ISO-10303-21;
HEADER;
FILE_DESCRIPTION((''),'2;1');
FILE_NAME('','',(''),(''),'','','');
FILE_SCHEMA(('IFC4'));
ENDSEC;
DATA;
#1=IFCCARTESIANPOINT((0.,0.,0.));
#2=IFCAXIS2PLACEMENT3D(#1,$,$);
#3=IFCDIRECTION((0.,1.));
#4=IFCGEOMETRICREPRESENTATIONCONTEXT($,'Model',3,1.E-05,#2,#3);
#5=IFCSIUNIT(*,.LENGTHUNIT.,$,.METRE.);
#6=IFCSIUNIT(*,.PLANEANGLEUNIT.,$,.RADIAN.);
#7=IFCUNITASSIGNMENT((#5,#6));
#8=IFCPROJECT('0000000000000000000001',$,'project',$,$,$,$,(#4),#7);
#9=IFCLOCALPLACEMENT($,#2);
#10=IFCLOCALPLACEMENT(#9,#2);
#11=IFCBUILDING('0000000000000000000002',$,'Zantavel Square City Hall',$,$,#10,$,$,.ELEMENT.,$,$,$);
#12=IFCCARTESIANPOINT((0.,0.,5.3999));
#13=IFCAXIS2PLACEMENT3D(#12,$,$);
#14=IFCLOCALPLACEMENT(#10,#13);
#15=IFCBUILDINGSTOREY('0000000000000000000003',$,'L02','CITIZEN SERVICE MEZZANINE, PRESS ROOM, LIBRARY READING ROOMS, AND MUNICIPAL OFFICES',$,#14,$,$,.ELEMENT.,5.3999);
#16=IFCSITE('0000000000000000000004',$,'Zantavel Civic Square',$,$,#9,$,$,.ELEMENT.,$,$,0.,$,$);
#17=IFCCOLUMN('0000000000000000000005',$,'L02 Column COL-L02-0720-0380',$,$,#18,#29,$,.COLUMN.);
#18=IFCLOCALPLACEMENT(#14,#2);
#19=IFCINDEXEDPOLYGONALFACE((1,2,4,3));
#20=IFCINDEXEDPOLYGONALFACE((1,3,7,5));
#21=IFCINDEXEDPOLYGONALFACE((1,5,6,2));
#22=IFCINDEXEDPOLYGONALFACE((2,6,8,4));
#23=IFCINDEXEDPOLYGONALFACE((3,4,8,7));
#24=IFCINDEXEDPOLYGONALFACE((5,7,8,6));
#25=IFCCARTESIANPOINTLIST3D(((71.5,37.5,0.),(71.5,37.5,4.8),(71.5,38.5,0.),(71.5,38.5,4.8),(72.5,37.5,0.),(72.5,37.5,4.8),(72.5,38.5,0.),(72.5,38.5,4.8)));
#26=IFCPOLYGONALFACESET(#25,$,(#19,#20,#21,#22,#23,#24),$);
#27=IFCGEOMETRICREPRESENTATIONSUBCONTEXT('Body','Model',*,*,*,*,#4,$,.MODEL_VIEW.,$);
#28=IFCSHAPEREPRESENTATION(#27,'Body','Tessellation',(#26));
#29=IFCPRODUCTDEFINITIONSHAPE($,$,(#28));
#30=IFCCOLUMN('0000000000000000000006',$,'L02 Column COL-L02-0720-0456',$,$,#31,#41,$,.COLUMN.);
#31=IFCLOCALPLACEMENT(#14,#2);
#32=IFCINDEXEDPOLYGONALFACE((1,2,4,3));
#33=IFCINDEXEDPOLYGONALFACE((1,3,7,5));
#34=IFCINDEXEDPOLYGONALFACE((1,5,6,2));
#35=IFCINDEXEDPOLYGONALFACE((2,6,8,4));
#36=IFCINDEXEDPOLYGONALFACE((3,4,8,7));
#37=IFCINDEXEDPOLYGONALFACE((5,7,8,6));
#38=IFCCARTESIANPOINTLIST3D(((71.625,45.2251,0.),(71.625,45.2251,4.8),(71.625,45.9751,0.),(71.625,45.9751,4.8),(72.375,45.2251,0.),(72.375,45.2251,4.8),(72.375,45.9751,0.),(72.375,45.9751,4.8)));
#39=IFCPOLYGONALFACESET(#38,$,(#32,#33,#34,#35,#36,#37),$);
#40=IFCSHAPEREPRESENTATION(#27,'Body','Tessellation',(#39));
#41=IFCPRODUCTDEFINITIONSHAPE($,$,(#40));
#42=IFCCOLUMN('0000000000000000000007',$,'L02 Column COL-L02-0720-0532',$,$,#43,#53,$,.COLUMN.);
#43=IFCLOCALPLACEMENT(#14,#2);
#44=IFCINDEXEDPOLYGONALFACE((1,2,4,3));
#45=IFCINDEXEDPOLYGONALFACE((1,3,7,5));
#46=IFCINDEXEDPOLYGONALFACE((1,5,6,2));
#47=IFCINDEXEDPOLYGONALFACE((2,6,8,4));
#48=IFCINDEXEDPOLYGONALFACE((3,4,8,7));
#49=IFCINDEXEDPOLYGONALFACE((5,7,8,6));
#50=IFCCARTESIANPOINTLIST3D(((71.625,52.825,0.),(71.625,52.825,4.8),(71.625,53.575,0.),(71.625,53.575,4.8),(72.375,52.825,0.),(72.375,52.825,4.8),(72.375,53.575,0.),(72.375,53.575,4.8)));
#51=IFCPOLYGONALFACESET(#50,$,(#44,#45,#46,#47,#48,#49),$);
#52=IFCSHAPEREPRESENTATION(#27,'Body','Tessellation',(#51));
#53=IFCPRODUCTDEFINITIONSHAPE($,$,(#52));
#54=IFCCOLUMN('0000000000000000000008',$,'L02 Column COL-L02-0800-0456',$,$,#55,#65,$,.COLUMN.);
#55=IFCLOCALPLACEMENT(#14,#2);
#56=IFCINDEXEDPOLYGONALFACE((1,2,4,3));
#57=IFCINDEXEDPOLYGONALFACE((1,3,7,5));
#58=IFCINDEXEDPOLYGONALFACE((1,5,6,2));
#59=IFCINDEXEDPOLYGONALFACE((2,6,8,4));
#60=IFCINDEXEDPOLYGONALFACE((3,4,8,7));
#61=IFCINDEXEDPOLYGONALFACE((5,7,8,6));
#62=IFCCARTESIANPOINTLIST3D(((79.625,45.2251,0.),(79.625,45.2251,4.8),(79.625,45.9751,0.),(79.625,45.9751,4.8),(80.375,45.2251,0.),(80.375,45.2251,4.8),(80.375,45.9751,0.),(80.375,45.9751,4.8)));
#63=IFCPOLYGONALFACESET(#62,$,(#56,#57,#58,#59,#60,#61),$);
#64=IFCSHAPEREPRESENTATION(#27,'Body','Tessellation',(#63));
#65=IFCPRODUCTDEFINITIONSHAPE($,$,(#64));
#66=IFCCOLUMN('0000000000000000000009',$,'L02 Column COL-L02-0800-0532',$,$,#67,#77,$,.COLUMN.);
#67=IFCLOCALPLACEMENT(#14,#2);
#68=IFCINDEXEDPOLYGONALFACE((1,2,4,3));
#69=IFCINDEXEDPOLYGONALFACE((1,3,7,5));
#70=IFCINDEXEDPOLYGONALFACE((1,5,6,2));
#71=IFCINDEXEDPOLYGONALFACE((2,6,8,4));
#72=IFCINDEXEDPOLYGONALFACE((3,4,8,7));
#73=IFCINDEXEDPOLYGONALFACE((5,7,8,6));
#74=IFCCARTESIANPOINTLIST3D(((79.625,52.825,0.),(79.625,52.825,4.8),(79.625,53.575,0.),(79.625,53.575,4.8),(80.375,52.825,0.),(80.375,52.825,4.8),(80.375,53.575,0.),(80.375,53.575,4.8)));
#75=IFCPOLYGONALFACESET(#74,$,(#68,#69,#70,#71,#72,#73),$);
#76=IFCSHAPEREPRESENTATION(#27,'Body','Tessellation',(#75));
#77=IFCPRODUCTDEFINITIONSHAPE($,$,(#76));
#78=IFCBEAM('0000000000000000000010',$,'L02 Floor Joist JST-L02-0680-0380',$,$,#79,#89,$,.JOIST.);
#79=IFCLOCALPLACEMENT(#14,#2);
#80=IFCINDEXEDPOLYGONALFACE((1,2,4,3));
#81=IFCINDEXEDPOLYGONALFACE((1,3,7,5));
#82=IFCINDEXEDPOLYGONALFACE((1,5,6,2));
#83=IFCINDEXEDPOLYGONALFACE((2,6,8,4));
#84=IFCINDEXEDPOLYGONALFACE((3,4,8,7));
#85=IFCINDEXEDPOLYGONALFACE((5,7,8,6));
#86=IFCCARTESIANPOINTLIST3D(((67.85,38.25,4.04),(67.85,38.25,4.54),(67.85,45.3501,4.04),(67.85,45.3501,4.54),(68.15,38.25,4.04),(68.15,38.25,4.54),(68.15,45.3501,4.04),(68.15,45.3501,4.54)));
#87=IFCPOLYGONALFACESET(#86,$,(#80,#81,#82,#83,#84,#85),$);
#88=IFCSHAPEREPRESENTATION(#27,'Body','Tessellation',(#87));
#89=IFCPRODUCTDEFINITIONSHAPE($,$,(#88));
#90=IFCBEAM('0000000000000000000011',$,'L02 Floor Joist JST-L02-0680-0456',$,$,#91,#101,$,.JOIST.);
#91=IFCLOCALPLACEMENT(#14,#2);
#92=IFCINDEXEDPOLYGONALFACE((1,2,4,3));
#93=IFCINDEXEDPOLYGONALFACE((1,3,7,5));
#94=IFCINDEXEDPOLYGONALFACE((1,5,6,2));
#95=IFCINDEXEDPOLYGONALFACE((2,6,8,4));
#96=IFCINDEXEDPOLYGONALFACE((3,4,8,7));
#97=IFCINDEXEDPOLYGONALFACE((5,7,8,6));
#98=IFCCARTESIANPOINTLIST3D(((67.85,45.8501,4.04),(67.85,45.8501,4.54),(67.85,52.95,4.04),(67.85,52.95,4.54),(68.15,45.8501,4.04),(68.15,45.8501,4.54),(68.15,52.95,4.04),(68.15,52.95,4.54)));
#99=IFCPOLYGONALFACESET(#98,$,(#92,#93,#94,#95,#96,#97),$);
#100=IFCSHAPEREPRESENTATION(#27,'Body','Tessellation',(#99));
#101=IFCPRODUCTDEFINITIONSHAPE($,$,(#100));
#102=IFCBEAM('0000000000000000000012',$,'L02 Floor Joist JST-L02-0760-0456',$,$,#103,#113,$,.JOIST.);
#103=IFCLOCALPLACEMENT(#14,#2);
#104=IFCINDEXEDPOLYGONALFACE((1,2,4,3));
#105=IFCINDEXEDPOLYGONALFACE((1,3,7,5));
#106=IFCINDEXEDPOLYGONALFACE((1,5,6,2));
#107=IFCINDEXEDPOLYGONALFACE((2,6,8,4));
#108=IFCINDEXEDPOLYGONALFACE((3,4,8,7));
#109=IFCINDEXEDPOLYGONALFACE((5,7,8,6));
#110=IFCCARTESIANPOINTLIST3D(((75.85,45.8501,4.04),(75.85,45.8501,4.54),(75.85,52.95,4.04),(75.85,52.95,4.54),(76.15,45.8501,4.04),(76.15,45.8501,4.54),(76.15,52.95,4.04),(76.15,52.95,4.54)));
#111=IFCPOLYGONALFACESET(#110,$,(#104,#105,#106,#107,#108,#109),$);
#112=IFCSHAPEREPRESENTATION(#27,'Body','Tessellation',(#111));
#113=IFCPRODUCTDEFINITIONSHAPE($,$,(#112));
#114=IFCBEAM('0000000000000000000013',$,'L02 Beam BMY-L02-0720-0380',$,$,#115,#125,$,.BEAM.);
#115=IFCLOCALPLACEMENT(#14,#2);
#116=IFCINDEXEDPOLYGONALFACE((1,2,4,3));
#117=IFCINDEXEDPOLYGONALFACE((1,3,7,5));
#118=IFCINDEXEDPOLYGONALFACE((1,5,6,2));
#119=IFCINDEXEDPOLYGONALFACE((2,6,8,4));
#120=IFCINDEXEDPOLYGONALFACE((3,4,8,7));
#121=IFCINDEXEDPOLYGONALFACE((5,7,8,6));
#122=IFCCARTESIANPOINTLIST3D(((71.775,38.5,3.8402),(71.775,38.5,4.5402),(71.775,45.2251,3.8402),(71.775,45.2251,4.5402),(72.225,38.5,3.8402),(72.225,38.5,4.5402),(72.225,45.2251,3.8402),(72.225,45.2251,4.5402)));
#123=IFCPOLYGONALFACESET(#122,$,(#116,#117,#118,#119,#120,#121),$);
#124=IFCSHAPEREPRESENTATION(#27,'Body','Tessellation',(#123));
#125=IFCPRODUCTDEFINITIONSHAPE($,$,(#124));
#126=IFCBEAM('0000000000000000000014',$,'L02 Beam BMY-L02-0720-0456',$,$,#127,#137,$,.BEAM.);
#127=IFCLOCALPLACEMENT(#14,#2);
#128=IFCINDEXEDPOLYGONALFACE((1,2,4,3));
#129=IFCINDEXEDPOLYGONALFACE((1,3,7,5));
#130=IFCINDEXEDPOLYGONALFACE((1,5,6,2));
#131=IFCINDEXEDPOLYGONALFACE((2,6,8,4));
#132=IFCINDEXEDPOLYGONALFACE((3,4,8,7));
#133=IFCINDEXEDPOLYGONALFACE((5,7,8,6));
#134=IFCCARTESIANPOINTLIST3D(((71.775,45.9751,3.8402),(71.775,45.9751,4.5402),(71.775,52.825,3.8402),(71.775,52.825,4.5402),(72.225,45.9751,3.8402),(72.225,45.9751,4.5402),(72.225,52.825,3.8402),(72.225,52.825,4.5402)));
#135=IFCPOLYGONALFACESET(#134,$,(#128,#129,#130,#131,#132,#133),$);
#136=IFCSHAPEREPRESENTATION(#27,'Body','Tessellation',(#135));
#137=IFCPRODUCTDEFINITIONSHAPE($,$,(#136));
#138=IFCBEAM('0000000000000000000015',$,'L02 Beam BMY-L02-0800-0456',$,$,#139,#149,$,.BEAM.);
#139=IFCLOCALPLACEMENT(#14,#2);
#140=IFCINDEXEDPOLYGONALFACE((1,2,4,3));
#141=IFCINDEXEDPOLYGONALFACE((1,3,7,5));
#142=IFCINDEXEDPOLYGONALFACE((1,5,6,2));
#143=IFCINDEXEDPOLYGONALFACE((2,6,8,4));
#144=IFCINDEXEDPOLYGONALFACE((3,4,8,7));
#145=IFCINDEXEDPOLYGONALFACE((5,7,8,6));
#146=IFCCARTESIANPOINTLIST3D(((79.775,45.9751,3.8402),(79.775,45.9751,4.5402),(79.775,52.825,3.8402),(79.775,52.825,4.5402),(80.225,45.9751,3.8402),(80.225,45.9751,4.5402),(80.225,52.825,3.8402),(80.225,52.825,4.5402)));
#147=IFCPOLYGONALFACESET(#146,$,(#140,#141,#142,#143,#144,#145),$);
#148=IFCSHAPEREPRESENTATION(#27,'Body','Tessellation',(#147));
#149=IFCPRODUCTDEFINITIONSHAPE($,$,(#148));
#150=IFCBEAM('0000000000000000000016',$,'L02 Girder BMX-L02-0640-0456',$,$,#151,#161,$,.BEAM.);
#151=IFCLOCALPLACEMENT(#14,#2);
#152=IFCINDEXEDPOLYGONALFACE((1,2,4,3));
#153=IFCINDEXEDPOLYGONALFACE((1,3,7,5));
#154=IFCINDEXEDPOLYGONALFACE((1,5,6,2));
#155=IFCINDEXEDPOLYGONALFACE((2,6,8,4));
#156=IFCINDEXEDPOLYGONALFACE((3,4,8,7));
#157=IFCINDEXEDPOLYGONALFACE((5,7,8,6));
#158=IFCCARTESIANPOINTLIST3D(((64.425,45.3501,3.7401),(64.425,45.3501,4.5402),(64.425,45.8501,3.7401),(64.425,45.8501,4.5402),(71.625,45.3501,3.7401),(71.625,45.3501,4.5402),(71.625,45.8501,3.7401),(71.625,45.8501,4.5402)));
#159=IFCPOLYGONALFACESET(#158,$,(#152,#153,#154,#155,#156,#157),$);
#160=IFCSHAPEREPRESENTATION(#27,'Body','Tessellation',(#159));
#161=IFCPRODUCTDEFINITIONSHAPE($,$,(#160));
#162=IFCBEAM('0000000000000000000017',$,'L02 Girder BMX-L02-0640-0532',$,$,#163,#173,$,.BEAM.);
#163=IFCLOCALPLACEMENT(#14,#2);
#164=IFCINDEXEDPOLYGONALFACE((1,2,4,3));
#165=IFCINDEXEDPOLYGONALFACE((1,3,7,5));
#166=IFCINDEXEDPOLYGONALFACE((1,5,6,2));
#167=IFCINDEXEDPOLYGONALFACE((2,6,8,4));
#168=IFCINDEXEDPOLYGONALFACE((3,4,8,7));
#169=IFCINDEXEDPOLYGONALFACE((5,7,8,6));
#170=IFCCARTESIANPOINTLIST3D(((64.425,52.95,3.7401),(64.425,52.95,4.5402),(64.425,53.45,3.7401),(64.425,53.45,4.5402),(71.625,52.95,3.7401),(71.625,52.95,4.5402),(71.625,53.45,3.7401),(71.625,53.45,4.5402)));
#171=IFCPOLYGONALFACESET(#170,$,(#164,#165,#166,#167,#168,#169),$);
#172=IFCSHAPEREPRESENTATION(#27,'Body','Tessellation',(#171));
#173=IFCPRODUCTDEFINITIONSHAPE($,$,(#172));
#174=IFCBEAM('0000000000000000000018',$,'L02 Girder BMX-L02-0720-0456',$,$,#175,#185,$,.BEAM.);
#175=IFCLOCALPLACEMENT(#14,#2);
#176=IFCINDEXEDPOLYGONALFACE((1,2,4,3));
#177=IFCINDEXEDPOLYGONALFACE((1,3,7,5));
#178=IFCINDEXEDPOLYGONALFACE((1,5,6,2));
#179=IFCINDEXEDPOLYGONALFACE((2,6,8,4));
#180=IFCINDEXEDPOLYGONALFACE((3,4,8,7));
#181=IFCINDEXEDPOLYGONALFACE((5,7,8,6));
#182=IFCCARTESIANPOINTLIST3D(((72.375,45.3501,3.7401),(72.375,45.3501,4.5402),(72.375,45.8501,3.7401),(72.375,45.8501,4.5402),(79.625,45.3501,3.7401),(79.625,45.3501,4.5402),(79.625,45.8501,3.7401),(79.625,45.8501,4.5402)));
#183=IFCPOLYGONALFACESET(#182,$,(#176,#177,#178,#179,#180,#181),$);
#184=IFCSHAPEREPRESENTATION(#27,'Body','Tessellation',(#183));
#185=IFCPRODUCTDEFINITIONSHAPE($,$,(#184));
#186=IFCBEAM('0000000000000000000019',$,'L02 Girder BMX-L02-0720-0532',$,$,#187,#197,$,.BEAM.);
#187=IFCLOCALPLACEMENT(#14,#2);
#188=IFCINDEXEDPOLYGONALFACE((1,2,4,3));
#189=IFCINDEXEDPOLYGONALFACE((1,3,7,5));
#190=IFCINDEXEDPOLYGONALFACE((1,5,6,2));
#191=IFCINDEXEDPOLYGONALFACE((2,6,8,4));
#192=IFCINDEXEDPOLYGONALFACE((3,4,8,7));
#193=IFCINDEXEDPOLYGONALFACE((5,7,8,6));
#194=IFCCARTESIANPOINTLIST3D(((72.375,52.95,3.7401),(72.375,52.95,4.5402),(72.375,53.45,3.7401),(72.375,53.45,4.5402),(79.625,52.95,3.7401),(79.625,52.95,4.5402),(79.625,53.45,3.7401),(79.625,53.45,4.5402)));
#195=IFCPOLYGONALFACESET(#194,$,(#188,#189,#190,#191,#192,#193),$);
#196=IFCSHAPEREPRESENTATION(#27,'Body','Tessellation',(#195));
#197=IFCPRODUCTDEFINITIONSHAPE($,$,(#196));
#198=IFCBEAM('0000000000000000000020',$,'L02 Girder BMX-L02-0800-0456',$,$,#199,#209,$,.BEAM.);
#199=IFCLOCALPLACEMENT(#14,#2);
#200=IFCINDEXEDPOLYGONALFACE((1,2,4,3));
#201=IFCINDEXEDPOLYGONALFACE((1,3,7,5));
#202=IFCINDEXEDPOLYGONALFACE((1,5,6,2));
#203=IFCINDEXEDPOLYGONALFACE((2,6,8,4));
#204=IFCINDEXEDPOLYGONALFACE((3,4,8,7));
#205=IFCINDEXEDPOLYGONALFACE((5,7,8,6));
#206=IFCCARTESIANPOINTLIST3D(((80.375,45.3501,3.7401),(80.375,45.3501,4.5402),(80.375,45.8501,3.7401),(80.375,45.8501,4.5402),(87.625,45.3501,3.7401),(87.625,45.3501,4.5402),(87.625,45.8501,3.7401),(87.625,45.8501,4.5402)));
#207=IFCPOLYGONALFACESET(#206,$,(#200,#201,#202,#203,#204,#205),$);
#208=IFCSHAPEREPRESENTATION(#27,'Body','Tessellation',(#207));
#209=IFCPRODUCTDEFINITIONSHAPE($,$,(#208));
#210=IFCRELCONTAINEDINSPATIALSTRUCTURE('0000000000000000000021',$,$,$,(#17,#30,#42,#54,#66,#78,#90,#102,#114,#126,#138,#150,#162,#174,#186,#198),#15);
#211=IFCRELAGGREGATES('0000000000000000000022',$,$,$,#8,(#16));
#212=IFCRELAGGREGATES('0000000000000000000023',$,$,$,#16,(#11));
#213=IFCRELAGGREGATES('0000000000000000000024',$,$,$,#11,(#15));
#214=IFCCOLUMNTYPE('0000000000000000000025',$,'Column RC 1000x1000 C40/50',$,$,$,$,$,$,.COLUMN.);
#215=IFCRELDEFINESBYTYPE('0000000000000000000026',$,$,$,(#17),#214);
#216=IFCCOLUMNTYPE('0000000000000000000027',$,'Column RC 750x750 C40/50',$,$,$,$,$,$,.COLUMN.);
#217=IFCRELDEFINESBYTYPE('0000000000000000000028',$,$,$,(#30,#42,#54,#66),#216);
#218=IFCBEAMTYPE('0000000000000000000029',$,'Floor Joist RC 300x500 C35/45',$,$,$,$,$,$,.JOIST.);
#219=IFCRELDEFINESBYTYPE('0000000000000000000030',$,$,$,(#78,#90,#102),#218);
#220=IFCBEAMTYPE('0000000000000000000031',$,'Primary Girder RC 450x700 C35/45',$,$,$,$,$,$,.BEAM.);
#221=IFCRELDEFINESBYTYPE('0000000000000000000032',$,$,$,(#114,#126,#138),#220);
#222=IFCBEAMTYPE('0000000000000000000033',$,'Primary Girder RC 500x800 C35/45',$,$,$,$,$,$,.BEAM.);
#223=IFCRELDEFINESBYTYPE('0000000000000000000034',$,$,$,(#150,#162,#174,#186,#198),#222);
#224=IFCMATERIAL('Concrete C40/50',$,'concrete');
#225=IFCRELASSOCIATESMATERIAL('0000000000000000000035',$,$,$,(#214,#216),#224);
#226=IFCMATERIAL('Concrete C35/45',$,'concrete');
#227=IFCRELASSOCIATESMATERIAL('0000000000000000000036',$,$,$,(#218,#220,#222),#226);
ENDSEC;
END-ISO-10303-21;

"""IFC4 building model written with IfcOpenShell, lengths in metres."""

from ifc_helpers import new_model, si_unit, direction, frame, origin, origin_2d, place, context, subcontext, project, spatial, rectangle, extrude, material, material_profile, profile_set, type_object, element, save


model = new_model("IFC4")

# Units and contexts
model_context = context("Model", 3, precision=1e-05, world=origin(), true_north=direction((0.0, 1.0)))
body_context = subcontext(model_context, "Body", "Model", "MODEL_VIEW")
ifc_project = project(units=[si_unit("LENGTHUNIT", "METRE"), si_unit("PLANEANGLEUNIT", "RADIAN")], contexts=[model_context])

# Site, building, storey
site_placement = place(None, origin())
site = spatial("IfcSite", under=ifc_project, at=site_placement, Name="Zantavel Civic Square", CompositionType="ELEMENT", RefElevation=0.0)
building_placement = place(site_placement, origin())
building = spatial("IfcBuilding", under=site, at=building_placement, Name="Zantavel Square City Hall", CompositionType="ELEMENT")
storey_placement = place(building_placement, frame((0.0, 0.0, 5.3999)))
storey = spatial("IfcBuildingStorey", under=building, at=storey_placement, Name="L02", Description="CITIZEN SERVICE MEZZANINE, PRESS ROOM, LIBRARY READING ROOMS, AND MUNICIPAL OFFICES", CompositionType="ELEMENT", Elevation=5.3999)

# Columns
ifc_material_1 = material(Name="Concrete C40/50", Category="concrete")
ifc_material_profile_1 = material_profile(ifc_material_1, rectangle(XDim=1.0, YDim=1.0, at=origin_2d()), Name="RC 1000x1000")
ifc_profile_set_1 = profile_set([ifc_material_profile_1], Name="Concrete C40/50")
column_type_1 = type_object("IfcColumnType", Name="Column RC 1000x1000 C40/50", PredefinedType="COLUMN", material=ifc_profile_set_1)
column_placement = place(storey_placement, frame((72.0, 38.0, 0.0), z_axis=(0.0, 0.0, 1.0), x_axis=(1.0, 0.0, 0.0)))
element("IfcColumn", 1, at=column_placement, inside=storey, type_object=column_type_1, Name="L02 Column COL-L02-0720-0380", PredefinedType="COLUMN", context=body_context, shape_type="SweptSolid", body=[
    extrude(rectangle(XDim=1.0, YDim=1.0, at=origin_2d()), origin(), (0.0, 0.0, 1.0), 4.8),
])
ifc_material_profile_2 = material_profile(ifc_material_1, rectangle(XDim=0.75, YDim=0.75, at=origin_2d()), Name="RC 750x750")
ifc_profile_set_2 = profile_set([ifc_material_profile_2], Name="Concrete C40/50")
column_type_2 = type_object("IfcColumnType", Name="Column RC 750x750 C40/50", PredefinedType="COLUMN", material=ifc_profile_set_2)
for number, where, z_axis, x_axis, name in (
    (2, (72.0, 45.6001, 0.0), (0.0, 0.0, 1.0), (1.0, 0.0, 0.0), "L02 Column COL-L02-0720-0456"),
    (3, (72.0, 53.2, 0.0), (0.0, 0.0, 1.0), (1.0, 0.0, 0.0), "L02 Column COL-L02-0720-0532"),
    (4, (80.0, 45.6001, 0.0), (0.0, 0.0, 1.0), (1.0, 0.0, 0.0), "L02 Column COL-L02-0800-0456"),
    (5, (80.0, 53.2, 0.0), (0.0, 0.0, 1.0), (1.0, 0.0, 0.0), "L02 Column COL-L02-0800-0532"),
):
    element("IfcColumn", number, at=place(storey_placement, frame(where, z_axis=z_axis, x_axis=x_axis)), inside=storey, type_object=column_type_2, Name=name, PredefinedType="COLUMN", context=body_context, shape_type="SweptSolid", body=[
        extrude(rectangle(XDim=0.75, YDim=0.75, at=origin_2d()), origin(), (0.0, 0.0, 1.0), 4.8),
    ])

# Beams
ifc_material_2 = material(Name="Concrete C35/45", Category="concrete")
ifc_material_profile_3 = material_profile(ifc_material_2, rectangle(XDim=0.3, YDim=0.5, at=origin_2d()), Name="RC 300x500")
ifc_profile_set_3 = profile_set([ifc_material_profile_3], Name="Concrete C35/45")
beam_type_1 = type_object("IfcBeamType", Name="Floor Joist RC 300x500 C35/45", PredefinedType="JOIST", material=ifc_profile_set_3)
beam_1_placement = place(storey_placement, frame((68.0, 38.25, 4.29), z_axis=(0.0, 1.0, 0.0), x_axis=(-1.0, 0.0, 0.0)))
element("IfcBeam", 6, at=beam_1_placement, inside=storey, type_object=beam_type_1, Name="L02 Floor Joist JST-L02-0680-0380", PredefinedType="JOIST", context=body_context, shape_type="SweptSolid", body=[
    extrude(rectangle(XDim=0.3, YDim=0.5, at=origin_2d()), origin(), (0.0, 0.0, 1.0), 7.1001),
])
for number, where, z_axis, x_axis, name in (
    (7, (68.0, 45.8501, 4.29), (0.0, 1.0, 0.0), (-1.0, 0.0, 0.0), "L02 Floor Joist JST-L02-0680-0456"),
    (8, (76.0, 45.8501, 4.29), (0.0, 1.0, 0.0), (-1.0, 0.0, 0.0), "L02 Floor Joist JST-L02-0760-0456"),
):
    element("IfcBeam", number, at=place(storey_placement, frame(where, z_axis=z_axis, x_axis=x_axis)), inside=storey, type_object=beam_type_1, Name=name, PredefinedType="JOIST", context=body_context, shape_type="SweptSolid", body=[
        extrude(rectangle(XDim=0.3, YDim=0.5, at=origin_2d()), origin(), (0.0, 0.0, 1.0), 7.0999),
    ])
ifc_material_profile_4 = material_profile(ifc_material_2, rectangle(XDim=0.45, YDim=0.7, at=origin_2d()), Name="RC 450x700")
ifc_profile_set_4 = profile_set([ifc_material_profile_4], Name="Concrete C35/45")
beam_type_2 = type_object("IfcBeamType", Name="Primary Girder RC 450x700 C35/45", PredefinedType="BEAM", material=ifc_profile_set_4)
beam_2_placement = place(storey_placement, frame((72.0, 38.5, 4.1902), z_axis=(0.0, 1.0, 0.0), x_axis=(-1.0, 0.0, 0.0)))
element("IfcBeam", 9, at=beam_2_placement, inside=storey, type_object=beam_type_2, Name="L02 Beam BMY-L02-0720-0380", PredefinedType="BEAM", context=body_context, shape_type="SweptSolid", body=[
    extrude(rectangle(XDim=0.45, YDim=0.7, at=origin_2d()), origin(), (0.0, 0.0, 1.0), 6.7251),
])
for number, where, z_axis, x_axis, name in (
    (10, (72.0, 45.9751, 4.1902), (0.0, 1.0, 0.0), (-1.0, 0.0, 0.0), "L02 Beam BMY-L02-0720-0456"),
    (11, (80.0, 45.9751, 4.1902), (0.0, 1.0, 0.0), (-1.0, 0.0, 0.0), "L02 Beam BMY-L02-0800-0456"),
):
    element("IfcBeam", number, at=place(storey_placement, frame(where, z_axis=z_axis, x_axis=x_axis)), inside=storey, type_object=beam_type_2, Name=name, PredefinedType="BEAM", context=body_context, shape_type="SweptSolid", body=[
        extrude(rectangle(XDim=0.45, YDim=0.7, at=origin_2d()), origin(), (0.0, 0.0, 1.0), 6.8499),
    ])
ifc_material_profile_5 = material_profile(ifc_material_2, rectangle(XDim=0.5, YDim=0.8, at=origin_2d()), Name="RC 500x800")
ifc_profile_set_5 = profile_set([ifc_material_profile_5], Name="Concrete C35/45")
beam_type_3 = type_object("IfcBeamType", Name="Primary Girder RC 500x800 C35/45", PredefinedType="BEAM", material=ifc_profile_set_5)
for number, where, z_axis, x_axis, name in (
    (12, (64.425, 45.6001, 4.1401), (1.0, 0.0, 0.0), (0.0, 1.0, 0.0), "L02 Girder BMX-L02-0640-0456"),
    (13, (64.425, 53.2, 4.1401), (1.0, 0.0, 0.0), (0.0, 1.0, 0.0), "L02 Girder BMX-L02-0640-0532"),
):
    element("IfcBeam", number, at=place(storey_placement, frame(where, z_axis=z_axis, x_axis=x_axis)), inside=storey, type_object=beam_type_3, Name=name, PredefinedType="BEAM", context=body_context, shape_type="SweptSolid", body=[
        extrude(rectangle(XDim=0.5, YDim=0.8, at=origin_2d()), origin(), (0.0, 0.0, 1.0), 7.2),
    ])
for number, where, z_axis, x_axis, name in (
    (14, (72.375, 45.6001, 4.1401), (1.0, 0.0, 0.0), (0.0, 1.0, 0.0), "L02 Girder BMX-L02-0720-0456"),
    (15, (72.375, 53.2, 4.1401), (1.0, 0.0, 0.0), (0.0, 1.0, 0.0), "L02 Girder BMX-L02-0720-0532"),
    (16, (80.375, 45.6001, 4.1401), (1.0, 0.0, 0.0), (0.0, 1.0, 0.0), "L02 Girder BMX-L02-0800-0456"),
):
    element("IfcBeam", number, at=place(storey_placement, frame(where, z_axis=z_axis, x_axis=x_axis)), inside=storey, type_object=beam_type_3, Name=name, PredefinedType="BEAM", context=body_context, shape_type="SweptSolid", body=[
        extrude(rectangle(XDim=0.5, YDim=0.8, at=origin_2d()), origin(), (0.0, 0.0, 1.0), 7.25),
    ])

save(model, "model.ifc")
